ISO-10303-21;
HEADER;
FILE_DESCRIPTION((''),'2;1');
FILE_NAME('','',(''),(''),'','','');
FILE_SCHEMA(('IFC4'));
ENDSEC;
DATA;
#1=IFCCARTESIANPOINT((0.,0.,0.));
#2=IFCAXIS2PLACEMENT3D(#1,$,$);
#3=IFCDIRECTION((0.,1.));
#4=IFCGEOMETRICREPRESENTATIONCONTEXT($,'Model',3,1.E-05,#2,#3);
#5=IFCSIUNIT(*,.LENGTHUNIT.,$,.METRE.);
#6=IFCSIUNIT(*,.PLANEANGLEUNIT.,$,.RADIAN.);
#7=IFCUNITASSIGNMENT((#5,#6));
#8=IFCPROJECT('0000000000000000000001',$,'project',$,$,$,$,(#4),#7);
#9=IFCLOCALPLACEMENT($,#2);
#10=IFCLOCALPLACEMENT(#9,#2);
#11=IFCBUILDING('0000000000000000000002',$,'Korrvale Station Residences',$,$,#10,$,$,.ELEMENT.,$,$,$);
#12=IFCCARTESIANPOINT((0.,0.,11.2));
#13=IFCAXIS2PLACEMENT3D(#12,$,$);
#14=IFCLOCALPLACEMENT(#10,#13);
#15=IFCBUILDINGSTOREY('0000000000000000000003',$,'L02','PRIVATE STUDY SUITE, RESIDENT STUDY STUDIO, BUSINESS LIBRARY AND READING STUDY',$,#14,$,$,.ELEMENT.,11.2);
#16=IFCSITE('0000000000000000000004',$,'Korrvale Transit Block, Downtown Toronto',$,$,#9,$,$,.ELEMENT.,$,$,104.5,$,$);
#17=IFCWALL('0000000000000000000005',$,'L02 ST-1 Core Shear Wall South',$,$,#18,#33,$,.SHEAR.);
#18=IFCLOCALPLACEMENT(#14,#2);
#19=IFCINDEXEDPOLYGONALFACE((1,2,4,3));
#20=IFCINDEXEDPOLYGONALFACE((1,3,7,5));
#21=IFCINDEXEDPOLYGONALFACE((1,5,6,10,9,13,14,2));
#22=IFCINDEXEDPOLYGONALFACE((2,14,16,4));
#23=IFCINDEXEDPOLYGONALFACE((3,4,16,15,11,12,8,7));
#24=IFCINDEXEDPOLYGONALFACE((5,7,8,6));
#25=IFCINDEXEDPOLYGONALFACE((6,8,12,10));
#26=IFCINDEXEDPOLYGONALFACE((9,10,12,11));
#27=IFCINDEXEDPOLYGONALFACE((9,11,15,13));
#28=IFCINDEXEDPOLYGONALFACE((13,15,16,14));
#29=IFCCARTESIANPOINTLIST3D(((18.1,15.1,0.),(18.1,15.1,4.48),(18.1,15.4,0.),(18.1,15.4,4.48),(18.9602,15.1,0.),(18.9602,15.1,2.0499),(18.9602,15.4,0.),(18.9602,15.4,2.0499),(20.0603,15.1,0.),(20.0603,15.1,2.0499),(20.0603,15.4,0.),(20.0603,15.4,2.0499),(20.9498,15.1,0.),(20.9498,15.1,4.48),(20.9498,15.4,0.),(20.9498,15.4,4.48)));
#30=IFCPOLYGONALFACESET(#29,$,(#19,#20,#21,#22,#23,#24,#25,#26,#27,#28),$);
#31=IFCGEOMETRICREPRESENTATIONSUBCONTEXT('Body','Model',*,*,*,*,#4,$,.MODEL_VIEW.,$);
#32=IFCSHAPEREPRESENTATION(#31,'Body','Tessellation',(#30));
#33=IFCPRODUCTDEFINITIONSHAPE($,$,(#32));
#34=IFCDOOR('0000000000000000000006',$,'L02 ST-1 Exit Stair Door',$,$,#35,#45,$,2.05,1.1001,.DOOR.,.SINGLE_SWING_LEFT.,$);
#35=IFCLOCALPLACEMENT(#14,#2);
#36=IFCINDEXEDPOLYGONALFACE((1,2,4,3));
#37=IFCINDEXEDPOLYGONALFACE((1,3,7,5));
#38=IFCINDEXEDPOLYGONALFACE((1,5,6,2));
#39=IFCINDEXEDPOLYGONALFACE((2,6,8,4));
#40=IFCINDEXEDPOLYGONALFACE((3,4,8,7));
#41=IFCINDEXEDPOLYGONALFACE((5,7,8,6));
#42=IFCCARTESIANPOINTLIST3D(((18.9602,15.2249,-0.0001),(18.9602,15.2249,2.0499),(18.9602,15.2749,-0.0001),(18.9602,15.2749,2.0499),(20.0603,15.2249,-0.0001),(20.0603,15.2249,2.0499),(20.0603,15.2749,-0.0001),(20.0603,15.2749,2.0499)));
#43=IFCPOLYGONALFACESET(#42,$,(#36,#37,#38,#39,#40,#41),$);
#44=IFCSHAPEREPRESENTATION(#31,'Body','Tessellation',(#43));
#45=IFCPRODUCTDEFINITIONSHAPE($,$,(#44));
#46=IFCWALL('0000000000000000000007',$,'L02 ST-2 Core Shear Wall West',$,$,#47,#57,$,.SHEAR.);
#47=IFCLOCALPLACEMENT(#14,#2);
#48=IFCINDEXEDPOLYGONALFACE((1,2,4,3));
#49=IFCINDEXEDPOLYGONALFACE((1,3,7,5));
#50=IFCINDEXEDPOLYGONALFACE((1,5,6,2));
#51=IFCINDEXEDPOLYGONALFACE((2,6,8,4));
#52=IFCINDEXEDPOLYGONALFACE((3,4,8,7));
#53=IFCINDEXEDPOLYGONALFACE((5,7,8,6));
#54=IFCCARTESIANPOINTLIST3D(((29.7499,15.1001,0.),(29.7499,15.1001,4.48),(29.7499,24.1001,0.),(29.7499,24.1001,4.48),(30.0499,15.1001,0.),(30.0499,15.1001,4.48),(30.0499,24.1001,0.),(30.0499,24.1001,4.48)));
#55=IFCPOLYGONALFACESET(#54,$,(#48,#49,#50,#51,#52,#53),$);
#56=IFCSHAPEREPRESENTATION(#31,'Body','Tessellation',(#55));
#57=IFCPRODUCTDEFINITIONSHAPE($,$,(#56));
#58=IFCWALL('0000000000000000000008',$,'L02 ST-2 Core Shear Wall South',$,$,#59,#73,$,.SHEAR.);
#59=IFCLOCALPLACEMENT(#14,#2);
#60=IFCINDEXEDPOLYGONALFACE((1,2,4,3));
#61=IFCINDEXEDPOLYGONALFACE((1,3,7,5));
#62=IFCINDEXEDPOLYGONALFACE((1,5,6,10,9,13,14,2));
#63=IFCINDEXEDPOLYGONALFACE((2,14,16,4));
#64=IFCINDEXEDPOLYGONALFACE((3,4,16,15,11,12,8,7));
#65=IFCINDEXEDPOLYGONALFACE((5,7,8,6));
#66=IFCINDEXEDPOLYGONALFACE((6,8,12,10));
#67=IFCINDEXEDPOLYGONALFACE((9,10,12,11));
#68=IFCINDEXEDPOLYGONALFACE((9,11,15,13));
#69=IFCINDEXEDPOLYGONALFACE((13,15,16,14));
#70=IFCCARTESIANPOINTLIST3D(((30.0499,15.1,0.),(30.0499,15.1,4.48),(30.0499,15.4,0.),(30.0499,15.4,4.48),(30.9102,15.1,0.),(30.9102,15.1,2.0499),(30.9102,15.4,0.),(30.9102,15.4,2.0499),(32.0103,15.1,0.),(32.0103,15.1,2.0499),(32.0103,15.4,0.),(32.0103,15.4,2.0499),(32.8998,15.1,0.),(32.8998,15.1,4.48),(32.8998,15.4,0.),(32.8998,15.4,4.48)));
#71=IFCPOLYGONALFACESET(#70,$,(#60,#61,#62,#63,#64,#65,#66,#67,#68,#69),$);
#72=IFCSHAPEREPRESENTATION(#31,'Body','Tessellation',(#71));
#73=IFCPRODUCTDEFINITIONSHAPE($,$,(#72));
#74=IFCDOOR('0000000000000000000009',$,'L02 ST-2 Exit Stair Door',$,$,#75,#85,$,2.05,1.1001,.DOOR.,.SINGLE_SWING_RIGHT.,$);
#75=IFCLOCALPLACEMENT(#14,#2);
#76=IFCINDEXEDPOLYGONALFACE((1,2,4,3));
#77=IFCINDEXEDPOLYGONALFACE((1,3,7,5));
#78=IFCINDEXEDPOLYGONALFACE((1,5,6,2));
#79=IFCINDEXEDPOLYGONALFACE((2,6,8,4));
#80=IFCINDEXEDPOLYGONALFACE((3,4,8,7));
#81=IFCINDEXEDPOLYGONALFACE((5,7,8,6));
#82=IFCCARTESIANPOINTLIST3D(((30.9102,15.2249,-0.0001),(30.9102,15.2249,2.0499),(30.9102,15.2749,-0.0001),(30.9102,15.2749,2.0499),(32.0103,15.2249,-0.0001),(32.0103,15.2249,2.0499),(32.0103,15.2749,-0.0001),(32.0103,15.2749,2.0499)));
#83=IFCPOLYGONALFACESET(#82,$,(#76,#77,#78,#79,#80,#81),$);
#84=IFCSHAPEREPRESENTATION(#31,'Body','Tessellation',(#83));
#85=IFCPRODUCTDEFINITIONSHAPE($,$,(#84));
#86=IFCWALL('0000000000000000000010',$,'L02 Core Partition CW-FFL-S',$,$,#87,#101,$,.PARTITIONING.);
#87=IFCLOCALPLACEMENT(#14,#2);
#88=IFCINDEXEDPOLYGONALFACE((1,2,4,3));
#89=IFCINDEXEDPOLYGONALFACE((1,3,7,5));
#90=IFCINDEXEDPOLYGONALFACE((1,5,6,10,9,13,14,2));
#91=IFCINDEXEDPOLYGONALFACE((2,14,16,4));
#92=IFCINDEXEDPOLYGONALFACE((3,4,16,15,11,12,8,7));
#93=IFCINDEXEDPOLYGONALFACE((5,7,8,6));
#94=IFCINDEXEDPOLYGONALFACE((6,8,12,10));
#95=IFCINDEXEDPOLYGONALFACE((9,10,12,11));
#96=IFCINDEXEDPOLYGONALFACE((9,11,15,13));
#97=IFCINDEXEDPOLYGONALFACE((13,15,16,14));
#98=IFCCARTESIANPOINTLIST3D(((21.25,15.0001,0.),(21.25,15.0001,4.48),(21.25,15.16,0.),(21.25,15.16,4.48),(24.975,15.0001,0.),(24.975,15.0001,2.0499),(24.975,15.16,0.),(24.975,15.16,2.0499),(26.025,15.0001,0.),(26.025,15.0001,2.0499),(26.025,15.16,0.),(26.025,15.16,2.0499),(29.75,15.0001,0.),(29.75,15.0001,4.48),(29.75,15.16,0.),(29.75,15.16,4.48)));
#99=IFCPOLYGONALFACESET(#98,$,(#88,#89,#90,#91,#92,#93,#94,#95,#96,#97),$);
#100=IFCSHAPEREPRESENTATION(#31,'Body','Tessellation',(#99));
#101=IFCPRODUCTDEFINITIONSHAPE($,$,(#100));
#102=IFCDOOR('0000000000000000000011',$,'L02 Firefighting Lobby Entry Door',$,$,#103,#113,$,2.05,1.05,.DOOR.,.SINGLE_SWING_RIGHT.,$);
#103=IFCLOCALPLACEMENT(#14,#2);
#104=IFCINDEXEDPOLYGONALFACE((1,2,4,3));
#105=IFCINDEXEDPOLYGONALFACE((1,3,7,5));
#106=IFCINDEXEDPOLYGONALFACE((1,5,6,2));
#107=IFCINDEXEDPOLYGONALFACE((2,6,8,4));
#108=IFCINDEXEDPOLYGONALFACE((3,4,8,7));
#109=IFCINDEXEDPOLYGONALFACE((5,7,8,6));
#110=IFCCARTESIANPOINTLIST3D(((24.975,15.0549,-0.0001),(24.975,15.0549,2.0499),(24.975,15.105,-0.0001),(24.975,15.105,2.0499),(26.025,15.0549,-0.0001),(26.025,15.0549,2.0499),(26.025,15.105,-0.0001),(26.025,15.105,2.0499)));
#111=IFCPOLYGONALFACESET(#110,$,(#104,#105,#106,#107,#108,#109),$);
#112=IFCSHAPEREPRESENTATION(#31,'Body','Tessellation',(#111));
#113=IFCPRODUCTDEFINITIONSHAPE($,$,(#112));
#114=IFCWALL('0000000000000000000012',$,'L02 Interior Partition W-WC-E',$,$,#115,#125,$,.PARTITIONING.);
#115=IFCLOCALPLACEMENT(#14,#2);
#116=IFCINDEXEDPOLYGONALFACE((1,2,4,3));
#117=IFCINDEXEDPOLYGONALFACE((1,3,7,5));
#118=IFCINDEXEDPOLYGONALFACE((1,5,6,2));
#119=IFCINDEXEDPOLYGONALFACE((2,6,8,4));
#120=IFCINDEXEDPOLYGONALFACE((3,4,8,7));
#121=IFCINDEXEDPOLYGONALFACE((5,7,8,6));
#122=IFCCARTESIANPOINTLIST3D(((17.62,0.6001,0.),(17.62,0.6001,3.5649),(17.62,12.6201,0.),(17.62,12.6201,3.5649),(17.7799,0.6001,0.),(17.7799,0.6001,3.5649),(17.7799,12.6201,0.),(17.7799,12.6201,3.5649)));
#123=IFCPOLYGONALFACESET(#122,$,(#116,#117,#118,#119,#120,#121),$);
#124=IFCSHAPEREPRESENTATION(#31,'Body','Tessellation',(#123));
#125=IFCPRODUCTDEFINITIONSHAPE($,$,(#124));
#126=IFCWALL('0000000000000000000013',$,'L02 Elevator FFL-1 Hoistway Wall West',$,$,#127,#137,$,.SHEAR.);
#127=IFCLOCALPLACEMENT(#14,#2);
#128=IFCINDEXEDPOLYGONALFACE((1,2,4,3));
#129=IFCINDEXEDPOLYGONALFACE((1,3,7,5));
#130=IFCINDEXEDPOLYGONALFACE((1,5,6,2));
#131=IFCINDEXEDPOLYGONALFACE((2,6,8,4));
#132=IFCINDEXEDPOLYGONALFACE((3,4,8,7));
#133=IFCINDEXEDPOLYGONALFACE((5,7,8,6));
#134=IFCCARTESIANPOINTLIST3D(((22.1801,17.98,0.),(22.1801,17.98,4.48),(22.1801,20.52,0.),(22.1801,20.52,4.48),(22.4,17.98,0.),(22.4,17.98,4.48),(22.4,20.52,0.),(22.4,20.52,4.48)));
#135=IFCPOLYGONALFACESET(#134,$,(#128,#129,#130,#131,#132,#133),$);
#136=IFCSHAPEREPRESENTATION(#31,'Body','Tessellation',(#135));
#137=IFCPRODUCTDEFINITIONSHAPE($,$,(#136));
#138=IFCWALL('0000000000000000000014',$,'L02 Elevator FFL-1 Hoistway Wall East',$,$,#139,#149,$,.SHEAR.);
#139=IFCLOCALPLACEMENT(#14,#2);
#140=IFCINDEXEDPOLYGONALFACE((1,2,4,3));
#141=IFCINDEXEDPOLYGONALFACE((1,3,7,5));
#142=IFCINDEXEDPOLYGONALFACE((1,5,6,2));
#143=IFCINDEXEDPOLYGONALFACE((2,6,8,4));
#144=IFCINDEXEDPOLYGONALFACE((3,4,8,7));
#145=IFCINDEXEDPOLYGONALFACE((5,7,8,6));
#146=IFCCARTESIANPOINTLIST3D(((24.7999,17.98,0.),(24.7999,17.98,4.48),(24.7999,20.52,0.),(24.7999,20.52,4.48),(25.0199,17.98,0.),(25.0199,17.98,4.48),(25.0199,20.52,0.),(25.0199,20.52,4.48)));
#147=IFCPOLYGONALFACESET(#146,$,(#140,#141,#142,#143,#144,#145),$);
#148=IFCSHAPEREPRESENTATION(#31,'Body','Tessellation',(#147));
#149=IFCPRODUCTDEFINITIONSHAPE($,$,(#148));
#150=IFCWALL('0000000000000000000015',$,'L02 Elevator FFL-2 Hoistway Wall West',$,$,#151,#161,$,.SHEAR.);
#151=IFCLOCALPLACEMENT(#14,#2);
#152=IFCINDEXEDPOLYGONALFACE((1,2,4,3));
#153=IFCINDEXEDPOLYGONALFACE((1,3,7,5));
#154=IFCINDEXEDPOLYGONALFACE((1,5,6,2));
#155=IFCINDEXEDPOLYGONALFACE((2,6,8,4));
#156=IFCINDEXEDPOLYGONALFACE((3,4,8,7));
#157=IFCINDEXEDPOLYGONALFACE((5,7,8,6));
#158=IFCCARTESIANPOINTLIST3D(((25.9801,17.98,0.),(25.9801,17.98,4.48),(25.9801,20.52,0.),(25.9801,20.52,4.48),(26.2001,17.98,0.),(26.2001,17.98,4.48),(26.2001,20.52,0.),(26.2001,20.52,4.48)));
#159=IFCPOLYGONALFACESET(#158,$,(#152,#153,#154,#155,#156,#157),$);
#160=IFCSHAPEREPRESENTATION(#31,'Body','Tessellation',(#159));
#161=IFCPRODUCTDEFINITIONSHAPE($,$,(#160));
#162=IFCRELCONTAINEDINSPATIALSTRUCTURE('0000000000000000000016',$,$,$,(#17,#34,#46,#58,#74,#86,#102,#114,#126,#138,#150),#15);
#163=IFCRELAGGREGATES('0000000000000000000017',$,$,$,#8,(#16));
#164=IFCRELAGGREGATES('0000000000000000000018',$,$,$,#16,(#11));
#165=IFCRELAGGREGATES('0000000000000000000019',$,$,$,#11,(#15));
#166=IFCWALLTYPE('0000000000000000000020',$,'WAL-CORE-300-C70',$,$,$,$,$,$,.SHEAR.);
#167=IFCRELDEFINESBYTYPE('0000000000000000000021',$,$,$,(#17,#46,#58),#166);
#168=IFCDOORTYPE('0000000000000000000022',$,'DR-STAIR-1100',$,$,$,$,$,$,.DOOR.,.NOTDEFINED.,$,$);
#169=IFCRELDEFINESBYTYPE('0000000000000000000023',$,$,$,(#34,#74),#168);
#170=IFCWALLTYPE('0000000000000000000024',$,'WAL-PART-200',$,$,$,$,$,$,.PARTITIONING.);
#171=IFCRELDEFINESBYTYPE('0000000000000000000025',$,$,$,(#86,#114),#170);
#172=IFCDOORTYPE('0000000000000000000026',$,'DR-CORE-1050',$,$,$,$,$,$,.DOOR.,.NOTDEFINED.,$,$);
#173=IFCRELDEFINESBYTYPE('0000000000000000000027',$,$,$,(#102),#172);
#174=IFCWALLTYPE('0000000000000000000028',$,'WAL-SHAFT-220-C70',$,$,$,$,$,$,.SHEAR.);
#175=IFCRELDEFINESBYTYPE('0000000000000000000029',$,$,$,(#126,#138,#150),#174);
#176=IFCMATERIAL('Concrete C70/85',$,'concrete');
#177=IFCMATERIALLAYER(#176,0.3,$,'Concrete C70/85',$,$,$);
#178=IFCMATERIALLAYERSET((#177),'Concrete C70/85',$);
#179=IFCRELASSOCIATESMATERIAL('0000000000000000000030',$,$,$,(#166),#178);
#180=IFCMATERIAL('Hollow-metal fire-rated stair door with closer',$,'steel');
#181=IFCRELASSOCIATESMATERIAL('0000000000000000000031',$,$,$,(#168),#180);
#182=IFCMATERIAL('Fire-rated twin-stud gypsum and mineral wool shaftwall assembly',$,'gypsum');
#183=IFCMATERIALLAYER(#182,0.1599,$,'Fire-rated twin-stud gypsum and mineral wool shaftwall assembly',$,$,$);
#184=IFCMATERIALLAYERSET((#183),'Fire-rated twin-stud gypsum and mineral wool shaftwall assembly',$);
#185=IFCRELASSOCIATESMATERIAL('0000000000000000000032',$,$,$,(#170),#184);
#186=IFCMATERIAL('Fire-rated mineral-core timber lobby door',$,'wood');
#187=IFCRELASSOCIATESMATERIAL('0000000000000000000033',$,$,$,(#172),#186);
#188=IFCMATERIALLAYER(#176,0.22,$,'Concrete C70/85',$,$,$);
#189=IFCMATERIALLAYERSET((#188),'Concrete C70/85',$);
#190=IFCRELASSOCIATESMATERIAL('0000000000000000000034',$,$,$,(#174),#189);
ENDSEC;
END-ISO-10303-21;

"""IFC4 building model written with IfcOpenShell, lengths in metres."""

from ifc_helpers import new_model, si_unit, direction, frame, frame_2d, origin, place, context, subcontext, project, spatial, rectangle, extrude, material, layer, layer_set, type_object, element, fill, save


model = new_model("IFC4")

# Units and contexts
model_context = context("Model", 3, precision=1e-05, world=origin(), true_north=direction((0.0, 1.0)))
body_context = subcontext(model_context, "Body", "Model", "MODEL_VIEW")
ifc_project = project(units=[si_unit("LENGTHUNIT", "METRE"), si_unit("PLANEANGLEUNIT", "RADIAN")], contexts=[model_context])

# Site, building, storey
site_placement = place(None, origin())
site = spatial("IfcSite", under=ifc_project, at=site_placement, Name="Korrvale Transit Block, Downtown Toronto", CompositionType="ELEMENT", RefElevation=104.5)
building_placement = place(site_placement, origin())
building = spatial("IfcBuilding", under=site, at=building_placement, Name="Korrvale Station Residences", CompositionType="ELEMENT")
storey_placement = place(building_placement, frame((0.0, 0.0, 11.2)))
storey = spatial("IfcBuildingStorey", under=building, at=storey_placement, Name="L02", Description="PRIVATE STUDY SUITE, RESIDENT STUDY STUDIO, BUSINESS LIBRARY AND READING STUDY", CompositionType="ELEMENT", Elevation=11.2)

# Shared definitions
ifc_material_1 = material(Name="Concrete C70/85", Category="concrete")

# Shared definitions
ifc_layer_1 = layer(ifc_material_1, 0.3, Name="Concrete C70/85")
ifc_layer_set_1 = layer_set([ifc_layer_1], Name="Concrete C70/85")
wall_type_1 = type_object("IfcWallType", Name="WAL-CORE-300-C70", PredefinedType="SHEAR", material=ifc_layer_set_1)

# Wall, opening, door
wall_1_placement = place(storey_placement, frame((18.1001, 15.25, 0.0), z_axis=(0.0, 0.0, 1.0), x_axis=(1.0, 0.0, 0.0)))
wall_1 = element("IfcWall", 1, at=wall_1_placement, inside=storey, type_object=wall_type_1, Name="L02 ST-1 Core Shear Wall South", PredefinedType="SHEAR", context=body_context, shape_type="SweptSolid", body=[
    extrude(rectangle(XDim=2.8499, YDim=0.3, at=frame_2d((1.4248, 0.0))), origin(), (0.0, 0.0, 1.0), 4.48),
])
opening_1_placement = place(wall_1_placement, frame((0.8601, 0.0, 0.0)))
opening_1 = element("IfcOpeningElement", 2, at=opening_1_placement, cuts=wall_1, PredefinedType="OPENING", context=body_context, shape_type="SweptSolid", body=[
    extrude(rectangle(XDim=1.1001, YDim=2.05, at=frame_2d((0.55, 1.0249))), frame((0.0, 0.1602, 0.0), z_axis=(0.0, -1.0, 0.0), x_axis=(1.0, 0.0, 0.0)), (0.0, 0.0, 1.0), 0.3201),
])
ifc_material_2 = material(Name="Hollow-metal fire-rated stair door with closer", Category="steel")
door_type_1 = type_object("IfcDoorType", Name="DR-STAIR-1100", OperationType="NOTDEFINED", PredefinedType="DOOR", material=ifc_material_2)
door_1_placement = place(opening_1_placement, origin())
door_1 = element("IfcDoor", 3, at=door_1_placement, inside=storey, type_object=door_type_1, Name="L02 ST-1 Exit Stair Door", OperationType="SINGLE_SWING_LEFT", OverallHeight=2.05, OverallWidth=1.1001, PredefinedType="DOOR", context=body_context, shape_type="SweptSolid", body=[
    extrude(rectangle(XDim=1.1001, YDim=2.05, at=frame_2d((0.55, 1.0249))), frame((0.0, 0.0249, 0.0), z_axis=(0.0, -1.0, 0.0), x_axis=(1.0, 0.0, 0.0)), (0.0, 0.0, 1.0), 0.05),
])
fill(opening_1, door_1)

# Wall
wall_2_placement = place(storey_placement, frame((29.8999, 15.1001, 0.0), z_axis=(0.0, 0.0, 1.0), x_axis=(0.0, 1.0, 0.0)))
element("IfcWall", 4, at=wall_2_placement, inside=storey, type_object=wall_type_1, Name="L02 ST-2 Core Shear Wall West", PredefinedType="SHEAR", context=body_context, shape_type="SweptSolid", body=[
    extrude(rectangle(XDim=9.0, YDim=0.3, at=frame_2d((4.5, 0.0))), origin(), (0.0, 0.0, 1.0), 4.48),
])

# Walls, openings, doors
wall_3_placement = place(storey_placement, frame((30.05, 15.25, 0.0), z_axis=(0.0, 0.0, 1.0), x_axis=(1.0, 0.0, 0.0)))
wall_3 = element("IfcWall", 5, at=wall_3_placement, inside=storey, type_object=wall_type_1, Name="L02 ST-2 Core Shear Wall South", PredefinedType="SHEAR", context=body_context, shape_type="SweptSolid", body=[
    extrude(rectangle(XDim=2.8499, YDim=0.3, at=frame_2d((1.4248, 0.0))), origin(), (0.0, 0.0, 1.0), 4.48),
])
opening_2_placement = place(wall_3_placement, frame((0.8601, 0.0, 0.0)))
opening_2 = element("IfcOpeningElement", 6, at=opening_2_placement, cuts=wall_3, PredefinedType="OPENING", context=body_context, shape_type="SweptSolid", body=[
    extrude(rectangle(XDim=1.1001, YDim=2.05, at=frame_2d((0.55, 1.0249))), frame((0.0, 0.1602, 0.0), z_axis=(0.0, -1.0, 0.0), x_axis=(1.0, 0.0, 0.0)), (0.0, 0.0, 1.0), 0.3201),
])
door_2_placement = place(opening_2_placement, origin())
door_2 = element("IfcDoor", 7, at=door_2_placement, inside=storey, type_object=door_type_1, Name="L02 ST-2 Exit Stair Door", OperationType="SINGLE_SWING_RIGHT", OverallHeight=2.05, OverallWidth=1.1001, PredefinedType="DOOR", context=body_context, shape_type="SweptSolid", body=[
    extrude(rectangle(XDim=1.1001, YDim=2.05, at=frame_2d((0.55, 1.0249))), frame((0.0, 0.0249, 0.0), z_axis=(0.0, -1.0, 0.0), x_axis=(1.0, 0.0, 0.0)), (0.0, 0.0, 1.0), 0.05),
])
fill(opening_2, door_2)
ifc_material_3 = material(Name="Fire-rated twin-stud gypsum and mineral wool shaftwall assembly", Category="gypsum")
ifc_layer_2 = layer(ifc_material_3, 0.1599, Name="Fire-rated twin-stud gypsum and mineral wool shaftwall assembly")
ifc_layer_set_2 = layer_set([ifc_layer_2], Name="Fire-rated twin-stud gypsum and mineral wool shaftwall assembly")
wall_type_2 = type_object("IfcWallType", Name="WAL-PART-200", PredefinedType="PARTITIONING", material=ifc_layer_set_2)
wall_4_placement = place(storey_placement, frame((21.25, 15.0801, 0.0), z_axis=(0.0, 0.0, 1.0), x_axis=(1.0, 0.0, 0.0)))
wall_4 = element("IfcWall", 8, at=wall_4_placement, inside=storey, type_object=wall_type_2, Name="L02 Core Partition CW-FFL-S", PredefinedType="PARTITIONING", context=body_context, shape_type="SweptSolid", body=[
    extrude(rectangle(XDim=8.5, YDim=0.1599, at=frame_2d((4.25, 0.0))), origin(), (0.0, 0.0, 1.0), 4.48),
])
opening_3_placement = place(wall_4_placement, frame((3.7251, 0.0, 0.0)))
opening_3 = element("IfcOpeningElement", 9, at=opening_3_placement, cuts=wall_4, PredefinedType="OPENING", context=body_context, shape_type="SweptSolid", body=[
    extrude(rectangle(XDim=1.05, YDim=2.05, at=frame_2d((0.5249, 1.0249))), frame((0.0, 0.0898, 0.0), z_axis=(0.0, -1.0, 0.0), x_axis=(1.0, 0.0, 0.0)), (0.0, 0.0, 1.0), 0.1799),
])
ifc_material_4 = material(Name="Fire-rated mineral-core timber lobby door", Category="wood")
door_type_2 = type_object("IfcDoorType", Name="DR-CORE-1050", OperationType="NOTDEFINED", PredefinedType="DOOR", material=ifc_material_4)
door_3_placement = place(opening_3_placement, origin())
door_3 = element("IfcDoor", 10, at=door_3_placement, inside=storey, type_object=door_type_2, Name="L02 Firefighting Lobby Entry Door", OperationType="SINGLE_SWING_RIGHT", OverallHeight=2.05, OverallWidth=1.05, PredefinedType="DOOR", context=body_context, shape_type="SweptSolid", body=[
    extrude(rectangle(XDim=1.05, YDim=2.05, at=frame_2d((0.5249, 1.0249))), frame((0.0, 0.0249, 0.0), z_axis=(0.0, -1.0, 0.0), x_axis=(1.0, 0.0, 0.0)), (0.0, 0.0, 1.0), 0.05),
])
fill(opening_3, door_3)

# Walls
wall_5_placement = place(storey_placement, frame((17.7, 0.6001, 0.0), z_axis=(0.0, 0.0, 1.0), x_axis=(0.0, 1.0, 0.0)))
element("IfcWall", 11, at=wall_5_placement, inside=storey, type_object=wall_type_2, Name="L02 Interior Partition W-WC-E", PredefinedType="PARTITIONING", context=body_context, shape_type="SweptSolid", body=[
    extrude(rectangle(XDim=12.02, YDim=0.1599, at=frame_2d((6.01, 0.0))), origin(), (0.0, 0.0, 1.0), 3.5649),
])
ifc_layer_3 = layer(ifc_material_1, 0.22, Name="Concrete C70/85")
ifc_layer_set_3 = layer_set([ifc_layer_3], Name="Concrete C70/85")
wall_type_3 = type_object("IfcWallType", Name="WAL-SHAFT-220-C70", PredefinedType="SHEAR", material=ifc_layer_set_3)
for number, where, z_axis, x_axis, name in (
    (12, (22.29, 17.98, 0.0), (0.0, 0.0, 1.0), (0.0, 1.0, 0.0), "L02 Elevator FFL-1 Hoistway Wall West"),
    (13, (24.9099, 17.98, 0.0), (0.0, 0.0, 1.0), (0.0, 1.0, 0.0), "L02 Elevator FFL-1 Hoistway Wall East"),
    (14, (26.0901, 17.98, 0.0), (0.0, 0.0, 1.0), (0.0, 1.0, 0.0), "L02 Elevator FFL-2 Hoistway Wall West"),
):
    element("IfcWall", number, at=place(storey_placement, frame(where, z_axis=z_axis, x_axis=x_axis)), inside=storey, type_object=wall_type_3, Name=name, PredefinedType="SHEAR", context=body_context, shape_type="SweptSolid", body=[
        extrude(rectangle(XDim=2.54, YDim=0.22, at=frame_2d((1.27, 0.0))), origin(), (0.0, 0.0, 1.0), 4.48),
    ])

save(model, "model.ifc")
